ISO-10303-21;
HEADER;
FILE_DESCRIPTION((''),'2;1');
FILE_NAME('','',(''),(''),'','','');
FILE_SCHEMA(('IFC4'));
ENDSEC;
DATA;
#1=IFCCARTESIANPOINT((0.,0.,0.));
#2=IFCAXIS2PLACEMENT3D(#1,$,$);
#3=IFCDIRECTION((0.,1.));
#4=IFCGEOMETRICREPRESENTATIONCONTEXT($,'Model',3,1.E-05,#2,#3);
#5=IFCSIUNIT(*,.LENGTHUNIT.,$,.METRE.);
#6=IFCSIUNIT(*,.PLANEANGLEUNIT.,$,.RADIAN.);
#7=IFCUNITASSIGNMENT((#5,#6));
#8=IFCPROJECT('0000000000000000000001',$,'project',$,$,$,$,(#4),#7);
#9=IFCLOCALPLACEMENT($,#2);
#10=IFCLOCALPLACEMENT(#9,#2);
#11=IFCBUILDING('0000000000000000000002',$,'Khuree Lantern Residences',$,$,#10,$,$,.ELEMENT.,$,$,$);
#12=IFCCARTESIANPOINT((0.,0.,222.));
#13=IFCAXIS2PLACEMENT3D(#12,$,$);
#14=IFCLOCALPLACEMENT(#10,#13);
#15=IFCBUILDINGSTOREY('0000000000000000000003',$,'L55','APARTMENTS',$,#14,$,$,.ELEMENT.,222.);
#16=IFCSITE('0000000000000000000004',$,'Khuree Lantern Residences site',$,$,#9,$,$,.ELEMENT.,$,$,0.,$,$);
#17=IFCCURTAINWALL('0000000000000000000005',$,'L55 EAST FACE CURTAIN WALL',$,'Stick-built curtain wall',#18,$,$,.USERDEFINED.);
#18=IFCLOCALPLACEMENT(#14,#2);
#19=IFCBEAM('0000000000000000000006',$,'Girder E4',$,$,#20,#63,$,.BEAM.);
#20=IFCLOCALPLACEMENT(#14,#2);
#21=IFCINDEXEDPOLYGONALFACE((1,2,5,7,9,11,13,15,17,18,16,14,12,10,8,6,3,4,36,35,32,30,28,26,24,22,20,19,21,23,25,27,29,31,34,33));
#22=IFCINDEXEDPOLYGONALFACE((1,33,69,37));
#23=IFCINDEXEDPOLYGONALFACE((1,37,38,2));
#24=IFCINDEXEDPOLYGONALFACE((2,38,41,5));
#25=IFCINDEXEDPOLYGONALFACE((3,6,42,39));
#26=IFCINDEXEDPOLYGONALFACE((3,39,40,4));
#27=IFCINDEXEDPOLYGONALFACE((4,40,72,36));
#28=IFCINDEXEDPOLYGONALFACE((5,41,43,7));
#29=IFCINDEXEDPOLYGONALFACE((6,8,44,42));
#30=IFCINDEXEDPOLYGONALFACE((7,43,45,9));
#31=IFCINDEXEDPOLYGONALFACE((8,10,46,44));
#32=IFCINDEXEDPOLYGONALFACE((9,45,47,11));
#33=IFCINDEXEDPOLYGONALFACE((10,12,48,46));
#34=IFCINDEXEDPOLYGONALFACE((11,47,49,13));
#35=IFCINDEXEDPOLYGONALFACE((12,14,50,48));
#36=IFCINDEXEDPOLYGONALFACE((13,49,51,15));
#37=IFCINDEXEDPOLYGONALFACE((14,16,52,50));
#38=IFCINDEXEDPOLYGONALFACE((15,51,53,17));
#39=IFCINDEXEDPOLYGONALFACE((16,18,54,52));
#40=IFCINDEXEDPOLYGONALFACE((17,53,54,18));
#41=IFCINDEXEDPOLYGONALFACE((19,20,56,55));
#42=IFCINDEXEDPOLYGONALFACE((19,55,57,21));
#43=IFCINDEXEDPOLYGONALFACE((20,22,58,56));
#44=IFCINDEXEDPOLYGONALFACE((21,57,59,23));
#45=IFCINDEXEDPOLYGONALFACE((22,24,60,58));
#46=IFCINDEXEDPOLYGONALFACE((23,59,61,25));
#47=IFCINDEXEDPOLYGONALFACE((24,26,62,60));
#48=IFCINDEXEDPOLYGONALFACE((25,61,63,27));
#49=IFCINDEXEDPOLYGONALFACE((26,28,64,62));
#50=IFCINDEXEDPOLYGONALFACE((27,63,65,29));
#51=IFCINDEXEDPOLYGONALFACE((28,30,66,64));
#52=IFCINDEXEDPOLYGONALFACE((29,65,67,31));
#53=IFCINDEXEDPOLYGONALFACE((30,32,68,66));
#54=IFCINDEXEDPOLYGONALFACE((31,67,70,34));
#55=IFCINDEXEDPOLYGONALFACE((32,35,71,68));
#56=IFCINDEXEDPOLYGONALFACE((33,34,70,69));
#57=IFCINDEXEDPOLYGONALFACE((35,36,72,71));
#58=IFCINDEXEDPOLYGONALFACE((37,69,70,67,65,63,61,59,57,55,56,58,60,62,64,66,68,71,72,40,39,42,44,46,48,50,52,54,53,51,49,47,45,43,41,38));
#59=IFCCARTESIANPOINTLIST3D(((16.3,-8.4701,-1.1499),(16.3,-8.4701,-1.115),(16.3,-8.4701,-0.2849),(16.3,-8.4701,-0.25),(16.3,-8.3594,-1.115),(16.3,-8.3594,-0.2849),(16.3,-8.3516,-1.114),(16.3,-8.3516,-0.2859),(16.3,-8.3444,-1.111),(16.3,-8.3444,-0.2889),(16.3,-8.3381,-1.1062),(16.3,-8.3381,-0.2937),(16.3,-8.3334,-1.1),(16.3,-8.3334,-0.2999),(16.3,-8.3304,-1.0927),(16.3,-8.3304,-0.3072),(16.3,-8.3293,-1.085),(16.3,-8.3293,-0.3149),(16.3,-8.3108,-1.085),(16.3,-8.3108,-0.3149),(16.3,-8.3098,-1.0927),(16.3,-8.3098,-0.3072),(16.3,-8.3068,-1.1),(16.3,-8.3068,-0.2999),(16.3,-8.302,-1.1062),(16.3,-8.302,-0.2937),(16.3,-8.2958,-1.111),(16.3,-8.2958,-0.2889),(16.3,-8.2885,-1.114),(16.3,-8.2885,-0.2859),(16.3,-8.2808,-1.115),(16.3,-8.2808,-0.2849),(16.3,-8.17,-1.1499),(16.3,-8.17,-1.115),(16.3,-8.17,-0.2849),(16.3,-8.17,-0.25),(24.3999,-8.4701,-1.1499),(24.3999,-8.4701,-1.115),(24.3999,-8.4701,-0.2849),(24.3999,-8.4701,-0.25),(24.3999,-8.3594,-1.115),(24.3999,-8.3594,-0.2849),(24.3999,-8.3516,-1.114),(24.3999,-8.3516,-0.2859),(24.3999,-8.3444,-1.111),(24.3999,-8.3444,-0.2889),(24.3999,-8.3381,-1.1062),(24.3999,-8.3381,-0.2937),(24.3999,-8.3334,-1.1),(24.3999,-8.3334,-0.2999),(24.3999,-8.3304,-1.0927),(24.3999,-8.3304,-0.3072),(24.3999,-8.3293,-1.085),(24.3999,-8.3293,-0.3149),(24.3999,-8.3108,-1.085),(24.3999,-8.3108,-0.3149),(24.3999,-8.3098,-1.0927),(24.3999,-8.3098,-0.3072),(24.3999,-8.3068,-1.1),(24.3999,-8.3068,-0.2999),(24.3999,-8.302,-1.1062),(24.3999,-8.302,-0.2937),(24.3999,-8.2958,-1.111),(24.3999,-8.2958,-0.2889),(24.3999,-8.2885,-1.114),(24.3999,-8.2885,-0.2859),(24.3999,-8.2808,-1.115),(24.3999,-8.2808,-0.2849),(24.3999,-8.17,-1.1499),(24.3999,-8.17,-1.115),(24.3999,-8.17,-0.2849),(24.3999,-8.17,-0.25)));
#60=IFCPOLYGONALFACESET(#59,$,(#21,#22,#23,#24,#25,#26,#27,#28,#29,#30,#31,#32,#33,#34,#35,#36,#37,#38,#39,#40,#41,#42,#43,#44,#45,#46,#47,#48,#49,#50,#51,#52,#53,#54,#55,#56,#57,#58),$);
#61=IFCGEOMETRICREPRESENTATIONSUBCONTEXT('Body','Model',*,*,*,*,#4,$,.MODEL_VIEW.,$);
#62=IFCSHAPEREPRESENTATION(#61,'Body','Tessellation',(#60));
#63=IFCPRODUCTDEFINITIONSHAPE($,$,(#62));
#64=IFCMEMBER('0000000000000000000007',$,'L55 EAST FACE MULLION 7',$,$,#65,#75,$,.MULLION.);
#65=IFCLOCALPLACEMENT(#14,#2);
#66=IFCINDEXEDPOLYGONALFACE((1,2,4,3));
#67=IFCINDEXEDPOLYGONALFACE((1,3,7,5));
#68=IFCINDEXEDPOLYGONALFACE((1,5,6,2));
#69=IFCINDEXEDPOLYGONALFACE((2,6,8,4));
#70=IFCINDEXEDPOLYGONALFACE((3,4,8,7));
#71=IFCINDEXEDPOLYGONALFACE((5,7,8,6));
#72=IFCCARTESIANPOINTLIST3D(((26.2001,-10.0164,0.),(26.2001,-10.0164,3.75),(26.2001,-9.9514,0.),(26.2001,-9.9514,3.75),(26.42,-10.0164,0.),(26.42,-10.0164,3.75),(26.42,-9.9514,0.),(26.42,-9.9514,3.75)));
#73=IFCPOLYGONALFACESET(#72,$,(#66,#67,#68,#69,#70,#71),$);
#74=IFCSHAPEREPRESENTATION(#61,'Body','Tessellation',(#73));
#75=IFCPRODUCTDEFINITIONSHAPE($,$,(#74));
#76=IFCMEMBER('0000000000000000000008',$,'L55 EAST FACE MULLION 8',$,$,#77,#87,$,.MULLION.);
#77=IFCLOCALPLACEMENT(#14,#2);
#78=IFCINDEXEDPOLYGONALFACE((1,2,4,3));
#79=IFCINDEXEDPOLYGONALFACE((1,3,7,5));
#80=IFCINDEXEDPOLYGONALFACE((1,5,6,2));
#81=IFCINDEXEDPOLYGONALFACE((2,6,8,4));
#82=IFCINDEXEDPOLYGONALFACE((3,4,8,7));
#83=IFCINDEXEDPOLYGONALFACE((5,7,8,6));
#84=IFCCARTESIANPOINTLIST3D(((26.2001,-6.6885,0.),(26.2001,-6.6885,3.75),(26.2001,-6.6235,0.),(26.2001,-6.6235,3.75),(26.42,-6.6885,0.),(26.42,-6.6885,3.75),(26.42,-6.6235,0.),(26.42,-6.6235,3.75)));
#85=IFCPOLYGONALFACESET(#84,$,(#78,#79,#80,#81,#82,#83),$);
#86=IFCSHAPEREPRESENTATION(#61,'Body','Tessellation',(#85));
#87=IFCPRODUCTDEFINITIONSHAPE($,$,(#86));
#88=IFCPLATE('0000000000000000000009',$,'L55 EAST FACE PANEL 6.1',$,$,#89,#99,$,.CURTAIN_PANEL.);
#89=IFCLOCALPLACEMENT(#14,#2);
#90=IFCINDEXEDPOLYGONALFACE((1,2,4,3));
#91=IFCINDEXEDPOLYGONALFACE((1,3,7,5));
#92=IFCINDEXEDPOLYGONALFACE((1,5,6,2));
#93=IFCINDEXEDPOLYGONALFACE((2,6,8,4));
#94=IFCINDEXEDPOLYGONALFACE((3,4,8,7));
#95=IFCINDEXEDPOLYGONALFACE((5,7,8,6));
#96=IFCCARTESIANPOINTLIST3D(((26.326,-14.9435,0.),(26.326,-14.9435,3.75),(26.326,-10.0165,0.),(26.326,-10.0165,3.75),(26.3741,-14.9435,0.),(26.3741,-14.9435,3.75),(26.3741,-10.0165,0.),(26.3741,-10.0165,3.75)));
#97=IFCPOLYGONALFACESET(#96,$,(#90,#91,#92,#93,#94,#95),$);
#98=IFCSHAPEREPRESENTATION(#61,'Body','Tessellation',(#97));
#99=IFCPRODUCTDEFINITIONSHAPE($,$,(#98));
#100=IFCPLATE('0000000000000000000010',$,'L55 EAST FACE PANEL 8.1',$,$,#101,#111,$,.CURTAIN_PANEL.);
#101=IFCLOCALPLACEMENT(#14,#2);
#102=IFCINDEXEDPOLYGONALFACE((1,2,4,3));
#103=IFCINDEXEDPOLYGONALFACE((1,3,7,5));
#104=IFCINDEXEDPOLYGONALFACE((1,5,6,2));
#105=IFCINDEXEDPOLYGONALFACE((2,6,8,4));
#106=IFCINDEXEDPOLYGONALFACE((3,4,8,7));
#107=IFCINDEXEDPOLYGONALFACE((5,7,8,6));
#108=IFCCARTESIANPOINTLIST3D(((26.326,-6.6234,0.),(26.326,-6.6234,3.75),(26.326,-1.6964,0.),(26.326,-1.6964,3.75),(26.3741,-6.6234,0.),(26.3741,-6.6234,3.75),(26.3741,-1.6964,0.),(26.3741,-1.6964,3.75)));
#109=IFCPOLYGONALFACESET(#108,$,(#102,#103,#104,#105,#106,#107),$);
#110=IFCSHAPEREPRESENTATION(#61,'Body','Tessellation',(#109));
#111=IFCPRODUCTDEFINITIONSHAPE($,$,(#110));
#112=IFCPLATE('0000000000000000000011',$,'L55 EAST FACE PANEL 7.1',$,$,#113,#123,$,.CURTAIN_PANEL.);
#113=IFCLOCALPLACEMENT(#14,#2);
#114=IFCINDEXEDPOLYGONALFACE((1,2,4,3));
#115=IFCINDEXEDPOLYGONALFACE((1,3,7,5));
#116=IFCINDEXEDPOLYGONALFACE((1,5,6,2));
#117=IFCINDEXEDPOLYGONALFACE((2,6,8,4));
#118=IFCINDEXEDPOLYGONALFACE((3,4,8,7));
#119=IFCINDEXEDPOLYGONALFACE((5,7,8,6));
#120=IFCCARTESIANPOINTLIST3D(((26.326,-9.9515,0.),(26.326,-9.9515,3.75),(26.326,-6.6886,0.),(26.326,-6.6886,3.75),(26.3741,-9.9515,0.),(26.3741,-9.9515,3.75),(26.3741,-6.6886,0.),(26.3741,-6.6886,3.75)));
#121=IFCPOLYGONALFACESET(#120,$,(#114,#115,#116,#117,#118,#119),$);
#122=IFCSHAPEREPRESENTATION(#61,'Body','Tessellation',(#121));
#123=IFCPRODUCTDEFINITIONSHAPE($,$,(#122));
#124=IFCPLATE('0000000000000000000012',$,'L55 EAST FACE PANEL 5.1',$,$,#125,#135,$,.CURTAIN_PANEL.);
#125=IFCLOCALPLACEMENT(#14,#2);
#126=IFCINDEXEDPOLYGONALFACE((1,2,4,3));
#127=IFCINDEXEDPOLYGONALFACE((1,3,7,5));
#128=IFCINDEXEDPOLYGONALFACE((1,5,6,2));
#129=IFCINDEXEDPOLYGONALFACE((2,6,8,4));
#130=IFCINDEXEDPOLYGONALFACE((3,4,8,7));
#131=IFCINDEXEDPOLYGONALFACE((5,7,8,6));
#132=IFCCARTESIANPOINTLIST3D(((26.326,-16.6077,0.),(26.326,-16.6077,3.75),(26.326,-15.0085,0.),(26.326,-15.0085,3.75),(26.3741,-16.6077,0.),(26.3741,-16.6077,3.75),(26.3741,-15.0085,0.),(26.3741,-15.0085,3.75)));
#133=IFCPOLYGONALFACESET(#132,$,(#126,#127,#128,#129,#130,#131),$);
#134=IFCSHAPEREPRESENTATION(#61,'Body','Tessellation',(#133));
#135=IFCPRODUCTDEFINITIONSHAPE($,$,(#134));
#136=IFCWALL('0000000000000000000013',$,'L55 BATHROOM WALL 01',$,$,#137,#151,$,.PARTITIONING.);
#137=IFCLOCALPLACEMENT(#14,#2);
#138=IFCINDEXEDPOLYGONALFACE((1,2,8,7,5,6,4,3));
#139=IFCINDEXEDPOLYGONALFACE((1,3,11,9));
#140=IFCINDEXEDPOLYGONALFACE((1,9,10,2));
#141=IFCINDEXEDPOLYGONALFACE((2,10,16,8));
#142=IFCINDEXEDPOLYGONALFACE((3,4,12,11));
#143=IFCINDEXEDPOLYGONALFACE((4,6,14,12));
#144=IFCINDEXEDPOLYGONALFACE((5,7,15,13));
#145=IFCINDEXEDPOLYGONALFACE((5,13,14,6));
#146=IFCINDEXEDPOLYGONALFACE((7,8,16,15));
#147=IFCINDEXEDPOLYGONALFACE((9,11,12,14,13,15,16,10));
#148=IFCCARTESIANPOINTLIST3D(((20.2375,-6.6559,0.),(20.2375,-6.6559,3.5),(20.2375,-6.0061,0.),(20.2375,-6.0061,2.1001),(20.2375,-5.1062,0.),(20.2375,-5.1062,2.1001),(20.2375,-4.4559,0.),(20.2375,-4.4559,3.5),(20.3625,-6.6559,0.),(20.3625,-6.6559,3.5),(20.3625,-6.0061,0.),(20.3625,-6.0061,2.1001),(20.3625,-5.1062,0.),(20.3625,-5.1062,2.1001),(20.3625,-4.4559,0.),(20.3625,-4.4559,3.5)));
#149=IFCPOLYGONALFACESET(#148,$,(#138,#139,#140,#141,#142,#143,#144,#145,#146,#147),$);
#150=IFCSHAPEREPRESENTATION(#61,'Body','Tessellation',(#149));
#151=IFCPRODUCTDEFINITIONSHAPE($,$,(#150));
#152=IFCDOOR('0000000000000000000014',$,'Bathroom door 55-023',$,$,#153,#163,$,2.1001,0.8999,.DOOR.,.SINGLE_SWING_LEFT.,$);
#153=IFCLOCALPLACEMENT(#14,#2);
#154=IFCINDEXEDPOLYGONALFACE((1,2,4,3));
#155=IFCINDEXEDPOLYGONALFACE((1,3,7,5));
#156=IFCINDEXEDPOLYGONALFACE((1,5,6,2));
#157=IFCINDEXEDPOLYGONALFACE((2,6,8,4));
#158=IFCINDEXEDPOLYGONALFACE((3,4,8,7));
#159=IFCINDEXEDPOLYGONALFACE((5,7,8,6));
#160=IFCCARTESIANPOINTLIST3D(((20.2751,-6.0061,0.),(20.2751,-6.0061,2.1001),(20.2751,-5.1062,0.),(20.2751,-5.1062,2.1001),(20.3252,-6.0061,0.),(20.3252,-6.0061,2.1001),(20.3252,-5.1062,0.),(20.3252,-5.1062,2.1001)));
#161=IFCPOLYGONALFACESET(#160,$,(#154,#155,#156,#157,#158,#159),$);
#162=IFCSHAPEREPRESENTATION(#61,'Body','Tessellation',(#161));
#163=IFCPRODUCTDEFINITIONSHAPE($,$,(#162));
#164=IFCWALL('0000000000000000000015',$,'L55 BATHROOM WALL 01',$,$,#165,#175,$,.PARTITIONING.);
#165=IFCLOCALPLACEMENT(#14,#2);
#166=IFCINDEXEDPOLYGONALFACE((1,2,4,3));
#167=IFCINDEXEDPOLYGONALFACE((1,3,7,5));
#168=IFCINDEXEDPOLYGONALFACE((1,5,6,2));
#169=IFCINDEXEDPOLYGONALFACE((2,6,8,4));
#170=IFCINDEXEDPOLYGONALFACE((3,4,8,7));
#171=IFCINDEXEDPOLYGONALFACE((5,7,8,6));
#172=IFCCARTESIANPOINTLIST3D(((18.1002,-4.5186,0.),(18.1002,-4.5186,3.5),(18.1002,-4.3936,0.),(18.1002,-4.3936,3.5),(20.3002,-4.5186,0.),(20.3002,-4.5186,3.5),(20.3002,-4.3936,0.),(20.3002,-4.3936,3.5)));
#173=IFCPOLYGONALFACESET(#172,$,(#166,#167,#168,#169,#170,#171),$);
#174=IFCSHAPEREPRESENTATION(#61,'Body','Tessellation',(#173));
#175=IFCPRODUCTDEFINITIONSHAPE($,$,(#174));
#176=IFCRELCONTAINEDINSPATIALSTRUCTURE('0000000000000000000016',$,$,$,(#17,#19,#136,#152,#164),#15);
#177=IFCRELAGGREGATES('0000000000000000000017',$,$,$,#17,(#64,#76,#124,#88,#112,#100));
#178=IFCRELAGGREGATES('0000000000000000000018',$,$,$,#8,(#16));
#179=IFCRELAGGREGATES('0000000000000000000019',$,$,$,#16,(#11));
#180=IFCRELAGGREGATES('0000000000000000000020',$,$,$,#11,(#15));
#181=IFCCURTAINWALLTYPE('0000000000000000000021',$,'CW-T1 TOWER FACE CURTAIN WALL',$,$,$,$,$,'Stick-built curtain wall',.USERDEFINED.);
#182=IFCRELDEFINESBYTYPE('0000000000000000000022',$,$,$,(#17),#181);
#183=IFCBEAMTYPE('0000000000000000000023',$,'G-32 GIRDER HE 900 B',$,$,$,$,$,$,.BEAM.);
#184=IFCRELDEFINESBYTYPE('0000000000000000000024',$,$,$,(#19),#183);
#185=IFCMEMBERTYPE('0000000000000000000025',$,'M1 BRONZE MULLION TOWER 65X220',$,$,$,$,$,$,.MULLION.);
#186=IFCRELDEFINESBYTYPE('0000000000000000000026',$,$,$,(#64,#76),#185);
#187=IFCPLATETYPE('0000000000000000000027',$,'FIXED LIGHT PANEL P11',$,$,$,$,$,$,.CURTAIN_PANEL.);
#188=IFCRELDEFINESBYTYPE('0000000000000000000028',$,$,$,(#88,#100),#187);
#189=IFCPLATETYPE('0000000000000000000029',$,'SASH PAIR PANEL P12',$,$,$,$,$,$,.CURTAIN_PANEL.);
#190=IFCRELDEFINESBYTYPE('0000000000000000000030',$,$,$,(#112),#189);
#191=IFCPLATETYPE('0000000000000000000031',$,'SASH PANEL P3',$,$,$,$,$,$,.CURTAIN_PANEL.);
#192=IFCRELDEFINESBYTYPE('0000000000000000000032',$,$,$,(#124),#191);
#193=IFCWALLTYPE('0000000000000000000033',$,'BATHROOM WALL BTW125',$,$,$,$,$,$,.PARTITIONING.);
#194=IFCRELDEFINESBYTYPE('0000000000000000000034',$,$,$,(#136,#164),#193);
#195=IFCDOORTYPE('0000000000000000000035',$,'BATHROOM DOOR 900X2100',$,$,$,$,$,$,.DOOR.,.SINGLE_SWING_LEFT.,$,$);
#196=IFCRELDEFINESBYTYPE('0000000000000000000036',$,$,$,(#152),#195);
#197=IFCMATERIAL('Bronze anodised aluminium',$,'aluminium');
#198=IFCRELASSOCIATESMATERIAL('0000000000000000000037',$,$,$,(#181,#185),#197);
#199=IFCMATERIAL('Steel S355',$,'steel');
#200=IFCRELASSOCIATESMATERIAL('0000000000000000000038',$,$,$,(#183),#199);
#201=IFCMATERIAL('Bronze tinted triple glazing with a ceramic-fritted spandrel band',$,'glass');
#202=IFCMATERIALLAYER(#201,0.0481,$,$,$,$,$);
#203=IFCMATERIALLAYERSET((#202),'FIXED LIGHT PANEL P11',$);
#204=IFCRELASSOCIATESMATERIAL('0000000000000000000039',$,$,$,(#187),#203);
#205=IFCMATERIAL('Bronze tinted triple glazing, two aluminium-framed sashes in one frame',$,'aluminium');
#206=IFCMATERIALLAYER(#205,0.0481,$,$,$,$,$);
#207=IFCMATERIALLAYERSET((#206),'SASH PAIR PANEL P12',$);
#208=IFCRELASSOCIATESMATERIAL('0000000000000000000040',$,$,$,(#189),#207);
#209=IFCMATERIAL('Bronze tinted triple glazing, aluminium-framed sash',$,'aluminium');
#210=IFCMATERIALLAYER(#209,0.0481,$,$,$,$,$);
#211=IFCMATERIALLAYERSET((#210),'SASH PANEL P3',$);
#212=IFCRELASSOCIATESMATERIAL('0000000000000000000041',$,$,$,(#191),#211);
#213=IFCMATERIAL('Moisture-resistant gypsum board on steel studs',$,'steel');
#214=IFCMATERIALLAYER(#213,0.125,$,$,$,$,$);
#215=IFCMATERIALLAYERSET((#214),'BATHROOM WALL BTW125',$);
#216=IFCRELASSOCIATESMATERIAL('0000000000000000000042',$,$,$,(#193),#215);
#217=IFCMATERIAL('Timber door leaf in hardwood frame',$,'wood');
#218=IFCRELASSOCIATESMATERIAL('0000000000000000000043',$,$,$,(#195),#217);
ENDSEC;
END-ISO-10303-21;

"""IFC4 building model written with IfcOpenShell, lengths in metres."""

from ifc_helpers import new_model, si_unit, direction, frame, frame_2d, origin, origin_2d, place, context, subcontext, project, spatial, rectangle, i_section, extrude, material, layer, layer_set, material_profile, profile_set, type_object, element, fill, aggregate, save


model = new_model("IFC4")

# Units and contexts
model_context = context("Model", 3, precision=1e-05, world=origin(), true_north=direction((0.0, 1.0)))
body_context = subcontext(model_context, "Body", "Model", "MODEL_VIEW")
ifc_project = project(units=[si_unit("LENGTHUNIT", "METRE"), si_unit("PLANEANGLEUNIT", "RADIAN")], contexts=[model_context])

# Site, building, storey
site_placement = place(None, origin())
site = spatial("IfcSite", under=ifc_project, at=site_placement, Name="Khuree Lantern Residences site", CompositionType="ELEMENT", RefElevation=0.0)
building_placement = place(site_placement, origin())
building = spatial("IfcBuilding", under=site, at=building_placement, Name="Khuree Lantern Residences", CompositionType="ELEMENT")
storey_placement = place(building_placement, frame((0.0, 0.0, 222.0)))
storey = spatial("IfcBuildingStorey", under=building, at=storey_placement, Name="L55", Description="APARTMENTS", CompositionType="ELEMENT", Elevation=222.0)

# Shared definitions
ifc_material_1 = material(Name="Steel S355", Category="steel")

# Curtain wall
ifc_material_2 = material(Name="Bronze anodised aluminium", Category="aluminium")
curtain_wall_type = type_object("IfcCurtainWallType", Name="CW-T1 TOWER FACE CURTAIN WALL", ElementType="Stick-built curtain wall", PredefinedType="USERDEFINED", material=ifc_material_2)
curtain_wall_placement = place(storey_placement, origin())
curtain_wall = element("IfcCurtainWall", 1, at=curtain_wall_placement, inside=storey, type_object=curtain_wall_type, Name="L55 EAST FACE CURTAIN WALL", ObjectType="Stick-built curtain wall", PredefinedType="USERDEFINED")

# Beam
ifc_material_profile_1 = material_profile(ifc_material_1, i_section(OverallWidth=0.3, OverallDepth=0.8999, WebThickness=0.0186, FlangeThickness=0.0349, FilletRadius=0.03, at=origin_2d()), Name="HE 900 B")
ifc_profile_set_1 = profile_set([ifc_material_profile_1], Name="Steel S355")
beam_type_1 = type_object("IfcBeamType", Name="G-32 GIRDER HE 900 B", PredefinedType="BEAM", material=ifc_profile_set_1)
beam_1_placement = place(storey_placement, frame((24.3999, -8.3201, -0.7), z_axis=(-1.0, 0.0, 0.0), x_axis=(0.0, -1.0, 0.0)))
element("IfcBeam", 2, at=beam_1_placement, inside=storey, type_object=beam_type_1, Name="Girder E4", PredefinedType="BEAM", context=body_context, shape_type="SweptSolid", body=[
    extrude(i_section(OverallWidth=0.3, OverallDepth=0.8999, WebThickness=0.0186, FlangeThickness=0.0349, FilletRadius=0.03, at=origin_2d()), origin(), (0.0, 0.0, 1.0), 8.0999),
])

# Members
ifc_material_profile_2 = material_profile(ifc_material_2, rectangle(XDim=0.0649, YDim=0.22, at=origin_2d()), Name="M1 65X220")
ifc_profile_set_2 = profile_set([ifc_material_profile_2], Name="Bronze anodised aluminium")
member_type_1 = type_object("IfcMemberType", Name="M1 BRONZE MULLION TOWER 65X220", PredefinedType="MULLION", material=ifc_profile_set_2)
member_1_placement = place(storey_placement, frame((26.3101, -9.9839, 0.0), z_axis=(0.0, 0.0, 1.0), x_axis=(0.0, 1.0, 0.0)))
member_1 = element("IfcMember", 3, at=member_1_placement, type_object=member_type_1, Name="L55 EAST FACE MULLION 7", PredefinedType="MULLION", context=body_context, shape_type="SweptSolid", body=[
    extrude(rectangle(XDim=0.0649, YDim=0.22, at=origin_2d()), origin(), (0.0, 0.0, 1.0), 3.75),
])
member_2_placement = place(storey_placement, frame((26.3101, -6.656, 0.0), z_axis=(0.0, 0.0, 1.0), x_axis=(0.0, 1.0, 0.0)))
member_2 = element("IfcMember", 4, at=member_2_placement, type_object=member_type_1, Name="L55 EAST FACE MULLION 8", PredefinedType="MULLION", context=body_context, shape_type="SweptSolid", body=[
    extrude(rectangle(XDim=0.0649, YDim=0.22, at=origin_2d()), origin(), (0.0, 0.0, 1.0), 3.75),
])

# Plates
ifc_material_3 = material(Name="Bronze tinted triple glazing with a ceramic-fritted spandrel band", Category="glass")
ifc_layer_1 = layer(ifc_material_3, 0.0481)
ifc_layer_set_1 = layer_set([ifc_layer_1], Name="FIXED LIGHT PANEL P11")
plate_type_1 = type_object("IfcPlateType", Name="FIXED LIGHT PANEL P11", PredefinedType="CURTAIN_PANEL", material=ifc_layer_set_1)
plate_1_placement = place(storey_placement, frame((26.3501, -12.48, 0.0), z_axis=(0.0, 0.0, 1.0), x_axis=(0.0, 1.0, 0.0)))
plate_1 = element("IfcPlate", 5, at=plate_1_placement, type_object=plate_type_1, Name="L55 EAST FACE PANEL 6.1", PredefinedType="CURTAIN_PANEL", context=body_context, shape_type="SweptSolid", body=[
    extrude(rectangle(XDim=4.927, YDim=0.0481, at=origin_2d()), origin(), (0.0, 0.0, 1.0), 3.75),
])
plate_2_placement = place(storey_placement, frame((26.3501, -4.1599, 0.0), z_axis=(0.0, 0.0, 1.0), x_axis=(0.0, 1.0, 0.0)))
plate_2 = element("IfcPlate", 6, at=plate_2_placement, type_object=plate_type_1, Name="L55 EAST FACE PANEL 8.1", PredefinedType="CURTAIN_PANEL", context=body_context, shape_type="SweptSolid", body=[
    extrude(rectangle(XDim=4.927, YDim=0.0481, at=origin_2d()), origin(), (0.0, 0.0, 1.0), 3.75),
])
ifc_material_4 = material(Name="Bronze tinted triple glazing, two aluminium-framed sashes in one frame", Category="aluminium")
ifc_layer_2 = layer(ifc_material_4, 0.0481)
ifc_layer_set_2 = layer_set([ifc_layer_2], Name="SASH PAIR PANEL P12")
plate_type_2 = type_object("IfcPlateType", Name="SASH PAIR PANEL P12", PredefinedType="CURTAIN_PANEL", material=ifc_layer_set_2)
plate_3_placement = place(storey_placement, frame((26.3501, -8.3201, 0.0), z_axis=(0.0, 0.0, 1.0), x_axis=(0.0, 1.0, 0.0)))
plate_3 = element("IfcPlate", 7, at=plate_3_placement, type_object=plate_type_2, Name="L55 EAST FACE PANEL 7.1", PredefinedType="CURTAIN_PANEL", context=body_context, shape_type="SweptSolid", body=[
    extrude(rectangle(XDim=3.2629, YDim=0.0481, at=origin_2d()), origin(), (0.0, 0.0, 1.0), 3.75),
])
ifc_material_5 = material(Name="Bronze tinted triple glazing, aluminium-framed sash", Category="aluminium")
ifc_layer_3 = layer(ifc_material_5, 0.0481)
ifc_layer_set_3 = layer_set([ifc_layer_3], Name="SASH PANEL P3")
plate_type_3 = type_object("IfcPlateType", Name="SASH PANEL P3", PredefinedType="CURTAIN_PANEL", material=ifc_layer_set_3)
plate_4_placement = place(storey_placement, frame((26.3501, -15.8081, 0.0), z_axis=(0.0, 0.0, 1.0), x_axis=(0.0, 1.0, 0.0)))
plate_4 = element("IfcPlate", 8, at=plate_4_placement, type_object=plate_type_3, Name="L55 EAST FACE PANEL 5.1", PredefinedType="CURTAIN_PANEL", context=body_context, shape_type="SweptSolid", body=[
    extrude(rectangle(XDim=1.5991, YDim=0.0481, at=origin_2d()), origin(), (0.0, 0.0, 1.0), 3.75),
])
aggregate(curtain_wall, [member_1, member_2, plate_4, plate_1, plate_3, plate_2])

# Wall, opening, door
ifc_material_6 = material(Name="Moisture-resistant gypsum board on steel studs", Category="steel")
ifc_layer_4 = layer(ifc_material_6, 0.125)
ifc_layer_set_4 = layer_set([ifc_layer_4], Name="BATHROOM WALL BTW125")
wall_type_1 = type_object("IfcWallType", Name="BATHROOM WALL BTW125", PredefinedType="PARTITIONING", material=ifc_layer_set_4)
wall_1_placement = place(storey_placement, frame((20.3, -6.656, 0.0), z_axis=(0.0, 0.0, 1.0), x_axis=(0.0, 1.0, 0.0)))
wall_1 = element("IfcWall", 9, at=wall_1_placement, inside=storey, type_object=wall_type_1, Name="L55 BATHROOM WALL 01", PredefinedType="PARTITIONING", context=body_context, shape_type="SweptSolid", body=[
    extrude(rectangle(XDim=2.2, YDim=0.125, at=frame_2d((1.1001, 0.0))), origin(), (0.0, 0.0, 1.0), 3.5),
])
opening_1_placement = place(wall_1_placement, frame((0.6499, 0.0, 0.0)))
opening_1 = element("IfcOpeningElement", 10, at=opening_1_placement, cuts=wall_1, PredefinedType="OPENING", context=body_context, shape_type="SweptSolid", body=[
    extrude(rectangle(XDim=0.8999, YDim=2.1001, at=frame_2d((0.45, 1.05))), frame((0.0, 0.0725, 0.0), z_axis=(0.0, -1.0, 0.0), x_axis=(1.0, 0.0, 0.0)), (0.0, 0.0, 1.0), 0.145),
])
ifc_material_7 = material(Name="Timber door leaf in hardwood frame", Category="wood")
door_type_1 = type_object("IfcDoorType", Name="BATHROOM DOOR 900X2100", OperationType="SINGLE_SWING_LEFT", PredefinedType="DOOR", material=ifc_material_7)
door_1_placement = place(opening_1_placement, origin())
door_1 = element("IfcDoor", 11, at=door_1_placement, inside=storey, type_object=door_type_1, Name="Bathroom door 55-023", OperationType="SINGLE_SWING_LEFT", OverallHeight=2.1001, OverallWidth=0.8999, PredefinedType="DOOR", context=body_context, shape_type="SweptSolid", body=[
    extrude(rectangle(XDim=0.8999, YDim=2.1001, at=frame_2d((0.45, 1.05))), frame((0.0, 0.0249, 0.0), z_axis=(0.0, -1.0, 0.0), x_axis=(1.0, 0.0, 0.0)), (0.0, 0.0, 1.0), 0.05),
])
fill(opening_1, door_1)

# Wall
wall_2_placement = place(storey_placement, frame((18.1001, -4.4561, 0.0), z_axis=(0.0, 0.0, 1.0), x_axis=(1.0, 0.0, 0.0)))
element("IfcWall", 12, at=wall_2_placement, inside=storey, type_object=wall_type_1, Name="L55 BATHROOM WALL 01", PredefinedType="PARTITIONING", context=body_context, shape_type="SweptSolid", body=[
    extrude(rectangle(XDim=2.2, YDim=0.125, at=frame_2d((1.1001, 0.0))), origin(), (0.0, 0.0, 1.0), 3.5),
])

save(model, "model.ifc")
